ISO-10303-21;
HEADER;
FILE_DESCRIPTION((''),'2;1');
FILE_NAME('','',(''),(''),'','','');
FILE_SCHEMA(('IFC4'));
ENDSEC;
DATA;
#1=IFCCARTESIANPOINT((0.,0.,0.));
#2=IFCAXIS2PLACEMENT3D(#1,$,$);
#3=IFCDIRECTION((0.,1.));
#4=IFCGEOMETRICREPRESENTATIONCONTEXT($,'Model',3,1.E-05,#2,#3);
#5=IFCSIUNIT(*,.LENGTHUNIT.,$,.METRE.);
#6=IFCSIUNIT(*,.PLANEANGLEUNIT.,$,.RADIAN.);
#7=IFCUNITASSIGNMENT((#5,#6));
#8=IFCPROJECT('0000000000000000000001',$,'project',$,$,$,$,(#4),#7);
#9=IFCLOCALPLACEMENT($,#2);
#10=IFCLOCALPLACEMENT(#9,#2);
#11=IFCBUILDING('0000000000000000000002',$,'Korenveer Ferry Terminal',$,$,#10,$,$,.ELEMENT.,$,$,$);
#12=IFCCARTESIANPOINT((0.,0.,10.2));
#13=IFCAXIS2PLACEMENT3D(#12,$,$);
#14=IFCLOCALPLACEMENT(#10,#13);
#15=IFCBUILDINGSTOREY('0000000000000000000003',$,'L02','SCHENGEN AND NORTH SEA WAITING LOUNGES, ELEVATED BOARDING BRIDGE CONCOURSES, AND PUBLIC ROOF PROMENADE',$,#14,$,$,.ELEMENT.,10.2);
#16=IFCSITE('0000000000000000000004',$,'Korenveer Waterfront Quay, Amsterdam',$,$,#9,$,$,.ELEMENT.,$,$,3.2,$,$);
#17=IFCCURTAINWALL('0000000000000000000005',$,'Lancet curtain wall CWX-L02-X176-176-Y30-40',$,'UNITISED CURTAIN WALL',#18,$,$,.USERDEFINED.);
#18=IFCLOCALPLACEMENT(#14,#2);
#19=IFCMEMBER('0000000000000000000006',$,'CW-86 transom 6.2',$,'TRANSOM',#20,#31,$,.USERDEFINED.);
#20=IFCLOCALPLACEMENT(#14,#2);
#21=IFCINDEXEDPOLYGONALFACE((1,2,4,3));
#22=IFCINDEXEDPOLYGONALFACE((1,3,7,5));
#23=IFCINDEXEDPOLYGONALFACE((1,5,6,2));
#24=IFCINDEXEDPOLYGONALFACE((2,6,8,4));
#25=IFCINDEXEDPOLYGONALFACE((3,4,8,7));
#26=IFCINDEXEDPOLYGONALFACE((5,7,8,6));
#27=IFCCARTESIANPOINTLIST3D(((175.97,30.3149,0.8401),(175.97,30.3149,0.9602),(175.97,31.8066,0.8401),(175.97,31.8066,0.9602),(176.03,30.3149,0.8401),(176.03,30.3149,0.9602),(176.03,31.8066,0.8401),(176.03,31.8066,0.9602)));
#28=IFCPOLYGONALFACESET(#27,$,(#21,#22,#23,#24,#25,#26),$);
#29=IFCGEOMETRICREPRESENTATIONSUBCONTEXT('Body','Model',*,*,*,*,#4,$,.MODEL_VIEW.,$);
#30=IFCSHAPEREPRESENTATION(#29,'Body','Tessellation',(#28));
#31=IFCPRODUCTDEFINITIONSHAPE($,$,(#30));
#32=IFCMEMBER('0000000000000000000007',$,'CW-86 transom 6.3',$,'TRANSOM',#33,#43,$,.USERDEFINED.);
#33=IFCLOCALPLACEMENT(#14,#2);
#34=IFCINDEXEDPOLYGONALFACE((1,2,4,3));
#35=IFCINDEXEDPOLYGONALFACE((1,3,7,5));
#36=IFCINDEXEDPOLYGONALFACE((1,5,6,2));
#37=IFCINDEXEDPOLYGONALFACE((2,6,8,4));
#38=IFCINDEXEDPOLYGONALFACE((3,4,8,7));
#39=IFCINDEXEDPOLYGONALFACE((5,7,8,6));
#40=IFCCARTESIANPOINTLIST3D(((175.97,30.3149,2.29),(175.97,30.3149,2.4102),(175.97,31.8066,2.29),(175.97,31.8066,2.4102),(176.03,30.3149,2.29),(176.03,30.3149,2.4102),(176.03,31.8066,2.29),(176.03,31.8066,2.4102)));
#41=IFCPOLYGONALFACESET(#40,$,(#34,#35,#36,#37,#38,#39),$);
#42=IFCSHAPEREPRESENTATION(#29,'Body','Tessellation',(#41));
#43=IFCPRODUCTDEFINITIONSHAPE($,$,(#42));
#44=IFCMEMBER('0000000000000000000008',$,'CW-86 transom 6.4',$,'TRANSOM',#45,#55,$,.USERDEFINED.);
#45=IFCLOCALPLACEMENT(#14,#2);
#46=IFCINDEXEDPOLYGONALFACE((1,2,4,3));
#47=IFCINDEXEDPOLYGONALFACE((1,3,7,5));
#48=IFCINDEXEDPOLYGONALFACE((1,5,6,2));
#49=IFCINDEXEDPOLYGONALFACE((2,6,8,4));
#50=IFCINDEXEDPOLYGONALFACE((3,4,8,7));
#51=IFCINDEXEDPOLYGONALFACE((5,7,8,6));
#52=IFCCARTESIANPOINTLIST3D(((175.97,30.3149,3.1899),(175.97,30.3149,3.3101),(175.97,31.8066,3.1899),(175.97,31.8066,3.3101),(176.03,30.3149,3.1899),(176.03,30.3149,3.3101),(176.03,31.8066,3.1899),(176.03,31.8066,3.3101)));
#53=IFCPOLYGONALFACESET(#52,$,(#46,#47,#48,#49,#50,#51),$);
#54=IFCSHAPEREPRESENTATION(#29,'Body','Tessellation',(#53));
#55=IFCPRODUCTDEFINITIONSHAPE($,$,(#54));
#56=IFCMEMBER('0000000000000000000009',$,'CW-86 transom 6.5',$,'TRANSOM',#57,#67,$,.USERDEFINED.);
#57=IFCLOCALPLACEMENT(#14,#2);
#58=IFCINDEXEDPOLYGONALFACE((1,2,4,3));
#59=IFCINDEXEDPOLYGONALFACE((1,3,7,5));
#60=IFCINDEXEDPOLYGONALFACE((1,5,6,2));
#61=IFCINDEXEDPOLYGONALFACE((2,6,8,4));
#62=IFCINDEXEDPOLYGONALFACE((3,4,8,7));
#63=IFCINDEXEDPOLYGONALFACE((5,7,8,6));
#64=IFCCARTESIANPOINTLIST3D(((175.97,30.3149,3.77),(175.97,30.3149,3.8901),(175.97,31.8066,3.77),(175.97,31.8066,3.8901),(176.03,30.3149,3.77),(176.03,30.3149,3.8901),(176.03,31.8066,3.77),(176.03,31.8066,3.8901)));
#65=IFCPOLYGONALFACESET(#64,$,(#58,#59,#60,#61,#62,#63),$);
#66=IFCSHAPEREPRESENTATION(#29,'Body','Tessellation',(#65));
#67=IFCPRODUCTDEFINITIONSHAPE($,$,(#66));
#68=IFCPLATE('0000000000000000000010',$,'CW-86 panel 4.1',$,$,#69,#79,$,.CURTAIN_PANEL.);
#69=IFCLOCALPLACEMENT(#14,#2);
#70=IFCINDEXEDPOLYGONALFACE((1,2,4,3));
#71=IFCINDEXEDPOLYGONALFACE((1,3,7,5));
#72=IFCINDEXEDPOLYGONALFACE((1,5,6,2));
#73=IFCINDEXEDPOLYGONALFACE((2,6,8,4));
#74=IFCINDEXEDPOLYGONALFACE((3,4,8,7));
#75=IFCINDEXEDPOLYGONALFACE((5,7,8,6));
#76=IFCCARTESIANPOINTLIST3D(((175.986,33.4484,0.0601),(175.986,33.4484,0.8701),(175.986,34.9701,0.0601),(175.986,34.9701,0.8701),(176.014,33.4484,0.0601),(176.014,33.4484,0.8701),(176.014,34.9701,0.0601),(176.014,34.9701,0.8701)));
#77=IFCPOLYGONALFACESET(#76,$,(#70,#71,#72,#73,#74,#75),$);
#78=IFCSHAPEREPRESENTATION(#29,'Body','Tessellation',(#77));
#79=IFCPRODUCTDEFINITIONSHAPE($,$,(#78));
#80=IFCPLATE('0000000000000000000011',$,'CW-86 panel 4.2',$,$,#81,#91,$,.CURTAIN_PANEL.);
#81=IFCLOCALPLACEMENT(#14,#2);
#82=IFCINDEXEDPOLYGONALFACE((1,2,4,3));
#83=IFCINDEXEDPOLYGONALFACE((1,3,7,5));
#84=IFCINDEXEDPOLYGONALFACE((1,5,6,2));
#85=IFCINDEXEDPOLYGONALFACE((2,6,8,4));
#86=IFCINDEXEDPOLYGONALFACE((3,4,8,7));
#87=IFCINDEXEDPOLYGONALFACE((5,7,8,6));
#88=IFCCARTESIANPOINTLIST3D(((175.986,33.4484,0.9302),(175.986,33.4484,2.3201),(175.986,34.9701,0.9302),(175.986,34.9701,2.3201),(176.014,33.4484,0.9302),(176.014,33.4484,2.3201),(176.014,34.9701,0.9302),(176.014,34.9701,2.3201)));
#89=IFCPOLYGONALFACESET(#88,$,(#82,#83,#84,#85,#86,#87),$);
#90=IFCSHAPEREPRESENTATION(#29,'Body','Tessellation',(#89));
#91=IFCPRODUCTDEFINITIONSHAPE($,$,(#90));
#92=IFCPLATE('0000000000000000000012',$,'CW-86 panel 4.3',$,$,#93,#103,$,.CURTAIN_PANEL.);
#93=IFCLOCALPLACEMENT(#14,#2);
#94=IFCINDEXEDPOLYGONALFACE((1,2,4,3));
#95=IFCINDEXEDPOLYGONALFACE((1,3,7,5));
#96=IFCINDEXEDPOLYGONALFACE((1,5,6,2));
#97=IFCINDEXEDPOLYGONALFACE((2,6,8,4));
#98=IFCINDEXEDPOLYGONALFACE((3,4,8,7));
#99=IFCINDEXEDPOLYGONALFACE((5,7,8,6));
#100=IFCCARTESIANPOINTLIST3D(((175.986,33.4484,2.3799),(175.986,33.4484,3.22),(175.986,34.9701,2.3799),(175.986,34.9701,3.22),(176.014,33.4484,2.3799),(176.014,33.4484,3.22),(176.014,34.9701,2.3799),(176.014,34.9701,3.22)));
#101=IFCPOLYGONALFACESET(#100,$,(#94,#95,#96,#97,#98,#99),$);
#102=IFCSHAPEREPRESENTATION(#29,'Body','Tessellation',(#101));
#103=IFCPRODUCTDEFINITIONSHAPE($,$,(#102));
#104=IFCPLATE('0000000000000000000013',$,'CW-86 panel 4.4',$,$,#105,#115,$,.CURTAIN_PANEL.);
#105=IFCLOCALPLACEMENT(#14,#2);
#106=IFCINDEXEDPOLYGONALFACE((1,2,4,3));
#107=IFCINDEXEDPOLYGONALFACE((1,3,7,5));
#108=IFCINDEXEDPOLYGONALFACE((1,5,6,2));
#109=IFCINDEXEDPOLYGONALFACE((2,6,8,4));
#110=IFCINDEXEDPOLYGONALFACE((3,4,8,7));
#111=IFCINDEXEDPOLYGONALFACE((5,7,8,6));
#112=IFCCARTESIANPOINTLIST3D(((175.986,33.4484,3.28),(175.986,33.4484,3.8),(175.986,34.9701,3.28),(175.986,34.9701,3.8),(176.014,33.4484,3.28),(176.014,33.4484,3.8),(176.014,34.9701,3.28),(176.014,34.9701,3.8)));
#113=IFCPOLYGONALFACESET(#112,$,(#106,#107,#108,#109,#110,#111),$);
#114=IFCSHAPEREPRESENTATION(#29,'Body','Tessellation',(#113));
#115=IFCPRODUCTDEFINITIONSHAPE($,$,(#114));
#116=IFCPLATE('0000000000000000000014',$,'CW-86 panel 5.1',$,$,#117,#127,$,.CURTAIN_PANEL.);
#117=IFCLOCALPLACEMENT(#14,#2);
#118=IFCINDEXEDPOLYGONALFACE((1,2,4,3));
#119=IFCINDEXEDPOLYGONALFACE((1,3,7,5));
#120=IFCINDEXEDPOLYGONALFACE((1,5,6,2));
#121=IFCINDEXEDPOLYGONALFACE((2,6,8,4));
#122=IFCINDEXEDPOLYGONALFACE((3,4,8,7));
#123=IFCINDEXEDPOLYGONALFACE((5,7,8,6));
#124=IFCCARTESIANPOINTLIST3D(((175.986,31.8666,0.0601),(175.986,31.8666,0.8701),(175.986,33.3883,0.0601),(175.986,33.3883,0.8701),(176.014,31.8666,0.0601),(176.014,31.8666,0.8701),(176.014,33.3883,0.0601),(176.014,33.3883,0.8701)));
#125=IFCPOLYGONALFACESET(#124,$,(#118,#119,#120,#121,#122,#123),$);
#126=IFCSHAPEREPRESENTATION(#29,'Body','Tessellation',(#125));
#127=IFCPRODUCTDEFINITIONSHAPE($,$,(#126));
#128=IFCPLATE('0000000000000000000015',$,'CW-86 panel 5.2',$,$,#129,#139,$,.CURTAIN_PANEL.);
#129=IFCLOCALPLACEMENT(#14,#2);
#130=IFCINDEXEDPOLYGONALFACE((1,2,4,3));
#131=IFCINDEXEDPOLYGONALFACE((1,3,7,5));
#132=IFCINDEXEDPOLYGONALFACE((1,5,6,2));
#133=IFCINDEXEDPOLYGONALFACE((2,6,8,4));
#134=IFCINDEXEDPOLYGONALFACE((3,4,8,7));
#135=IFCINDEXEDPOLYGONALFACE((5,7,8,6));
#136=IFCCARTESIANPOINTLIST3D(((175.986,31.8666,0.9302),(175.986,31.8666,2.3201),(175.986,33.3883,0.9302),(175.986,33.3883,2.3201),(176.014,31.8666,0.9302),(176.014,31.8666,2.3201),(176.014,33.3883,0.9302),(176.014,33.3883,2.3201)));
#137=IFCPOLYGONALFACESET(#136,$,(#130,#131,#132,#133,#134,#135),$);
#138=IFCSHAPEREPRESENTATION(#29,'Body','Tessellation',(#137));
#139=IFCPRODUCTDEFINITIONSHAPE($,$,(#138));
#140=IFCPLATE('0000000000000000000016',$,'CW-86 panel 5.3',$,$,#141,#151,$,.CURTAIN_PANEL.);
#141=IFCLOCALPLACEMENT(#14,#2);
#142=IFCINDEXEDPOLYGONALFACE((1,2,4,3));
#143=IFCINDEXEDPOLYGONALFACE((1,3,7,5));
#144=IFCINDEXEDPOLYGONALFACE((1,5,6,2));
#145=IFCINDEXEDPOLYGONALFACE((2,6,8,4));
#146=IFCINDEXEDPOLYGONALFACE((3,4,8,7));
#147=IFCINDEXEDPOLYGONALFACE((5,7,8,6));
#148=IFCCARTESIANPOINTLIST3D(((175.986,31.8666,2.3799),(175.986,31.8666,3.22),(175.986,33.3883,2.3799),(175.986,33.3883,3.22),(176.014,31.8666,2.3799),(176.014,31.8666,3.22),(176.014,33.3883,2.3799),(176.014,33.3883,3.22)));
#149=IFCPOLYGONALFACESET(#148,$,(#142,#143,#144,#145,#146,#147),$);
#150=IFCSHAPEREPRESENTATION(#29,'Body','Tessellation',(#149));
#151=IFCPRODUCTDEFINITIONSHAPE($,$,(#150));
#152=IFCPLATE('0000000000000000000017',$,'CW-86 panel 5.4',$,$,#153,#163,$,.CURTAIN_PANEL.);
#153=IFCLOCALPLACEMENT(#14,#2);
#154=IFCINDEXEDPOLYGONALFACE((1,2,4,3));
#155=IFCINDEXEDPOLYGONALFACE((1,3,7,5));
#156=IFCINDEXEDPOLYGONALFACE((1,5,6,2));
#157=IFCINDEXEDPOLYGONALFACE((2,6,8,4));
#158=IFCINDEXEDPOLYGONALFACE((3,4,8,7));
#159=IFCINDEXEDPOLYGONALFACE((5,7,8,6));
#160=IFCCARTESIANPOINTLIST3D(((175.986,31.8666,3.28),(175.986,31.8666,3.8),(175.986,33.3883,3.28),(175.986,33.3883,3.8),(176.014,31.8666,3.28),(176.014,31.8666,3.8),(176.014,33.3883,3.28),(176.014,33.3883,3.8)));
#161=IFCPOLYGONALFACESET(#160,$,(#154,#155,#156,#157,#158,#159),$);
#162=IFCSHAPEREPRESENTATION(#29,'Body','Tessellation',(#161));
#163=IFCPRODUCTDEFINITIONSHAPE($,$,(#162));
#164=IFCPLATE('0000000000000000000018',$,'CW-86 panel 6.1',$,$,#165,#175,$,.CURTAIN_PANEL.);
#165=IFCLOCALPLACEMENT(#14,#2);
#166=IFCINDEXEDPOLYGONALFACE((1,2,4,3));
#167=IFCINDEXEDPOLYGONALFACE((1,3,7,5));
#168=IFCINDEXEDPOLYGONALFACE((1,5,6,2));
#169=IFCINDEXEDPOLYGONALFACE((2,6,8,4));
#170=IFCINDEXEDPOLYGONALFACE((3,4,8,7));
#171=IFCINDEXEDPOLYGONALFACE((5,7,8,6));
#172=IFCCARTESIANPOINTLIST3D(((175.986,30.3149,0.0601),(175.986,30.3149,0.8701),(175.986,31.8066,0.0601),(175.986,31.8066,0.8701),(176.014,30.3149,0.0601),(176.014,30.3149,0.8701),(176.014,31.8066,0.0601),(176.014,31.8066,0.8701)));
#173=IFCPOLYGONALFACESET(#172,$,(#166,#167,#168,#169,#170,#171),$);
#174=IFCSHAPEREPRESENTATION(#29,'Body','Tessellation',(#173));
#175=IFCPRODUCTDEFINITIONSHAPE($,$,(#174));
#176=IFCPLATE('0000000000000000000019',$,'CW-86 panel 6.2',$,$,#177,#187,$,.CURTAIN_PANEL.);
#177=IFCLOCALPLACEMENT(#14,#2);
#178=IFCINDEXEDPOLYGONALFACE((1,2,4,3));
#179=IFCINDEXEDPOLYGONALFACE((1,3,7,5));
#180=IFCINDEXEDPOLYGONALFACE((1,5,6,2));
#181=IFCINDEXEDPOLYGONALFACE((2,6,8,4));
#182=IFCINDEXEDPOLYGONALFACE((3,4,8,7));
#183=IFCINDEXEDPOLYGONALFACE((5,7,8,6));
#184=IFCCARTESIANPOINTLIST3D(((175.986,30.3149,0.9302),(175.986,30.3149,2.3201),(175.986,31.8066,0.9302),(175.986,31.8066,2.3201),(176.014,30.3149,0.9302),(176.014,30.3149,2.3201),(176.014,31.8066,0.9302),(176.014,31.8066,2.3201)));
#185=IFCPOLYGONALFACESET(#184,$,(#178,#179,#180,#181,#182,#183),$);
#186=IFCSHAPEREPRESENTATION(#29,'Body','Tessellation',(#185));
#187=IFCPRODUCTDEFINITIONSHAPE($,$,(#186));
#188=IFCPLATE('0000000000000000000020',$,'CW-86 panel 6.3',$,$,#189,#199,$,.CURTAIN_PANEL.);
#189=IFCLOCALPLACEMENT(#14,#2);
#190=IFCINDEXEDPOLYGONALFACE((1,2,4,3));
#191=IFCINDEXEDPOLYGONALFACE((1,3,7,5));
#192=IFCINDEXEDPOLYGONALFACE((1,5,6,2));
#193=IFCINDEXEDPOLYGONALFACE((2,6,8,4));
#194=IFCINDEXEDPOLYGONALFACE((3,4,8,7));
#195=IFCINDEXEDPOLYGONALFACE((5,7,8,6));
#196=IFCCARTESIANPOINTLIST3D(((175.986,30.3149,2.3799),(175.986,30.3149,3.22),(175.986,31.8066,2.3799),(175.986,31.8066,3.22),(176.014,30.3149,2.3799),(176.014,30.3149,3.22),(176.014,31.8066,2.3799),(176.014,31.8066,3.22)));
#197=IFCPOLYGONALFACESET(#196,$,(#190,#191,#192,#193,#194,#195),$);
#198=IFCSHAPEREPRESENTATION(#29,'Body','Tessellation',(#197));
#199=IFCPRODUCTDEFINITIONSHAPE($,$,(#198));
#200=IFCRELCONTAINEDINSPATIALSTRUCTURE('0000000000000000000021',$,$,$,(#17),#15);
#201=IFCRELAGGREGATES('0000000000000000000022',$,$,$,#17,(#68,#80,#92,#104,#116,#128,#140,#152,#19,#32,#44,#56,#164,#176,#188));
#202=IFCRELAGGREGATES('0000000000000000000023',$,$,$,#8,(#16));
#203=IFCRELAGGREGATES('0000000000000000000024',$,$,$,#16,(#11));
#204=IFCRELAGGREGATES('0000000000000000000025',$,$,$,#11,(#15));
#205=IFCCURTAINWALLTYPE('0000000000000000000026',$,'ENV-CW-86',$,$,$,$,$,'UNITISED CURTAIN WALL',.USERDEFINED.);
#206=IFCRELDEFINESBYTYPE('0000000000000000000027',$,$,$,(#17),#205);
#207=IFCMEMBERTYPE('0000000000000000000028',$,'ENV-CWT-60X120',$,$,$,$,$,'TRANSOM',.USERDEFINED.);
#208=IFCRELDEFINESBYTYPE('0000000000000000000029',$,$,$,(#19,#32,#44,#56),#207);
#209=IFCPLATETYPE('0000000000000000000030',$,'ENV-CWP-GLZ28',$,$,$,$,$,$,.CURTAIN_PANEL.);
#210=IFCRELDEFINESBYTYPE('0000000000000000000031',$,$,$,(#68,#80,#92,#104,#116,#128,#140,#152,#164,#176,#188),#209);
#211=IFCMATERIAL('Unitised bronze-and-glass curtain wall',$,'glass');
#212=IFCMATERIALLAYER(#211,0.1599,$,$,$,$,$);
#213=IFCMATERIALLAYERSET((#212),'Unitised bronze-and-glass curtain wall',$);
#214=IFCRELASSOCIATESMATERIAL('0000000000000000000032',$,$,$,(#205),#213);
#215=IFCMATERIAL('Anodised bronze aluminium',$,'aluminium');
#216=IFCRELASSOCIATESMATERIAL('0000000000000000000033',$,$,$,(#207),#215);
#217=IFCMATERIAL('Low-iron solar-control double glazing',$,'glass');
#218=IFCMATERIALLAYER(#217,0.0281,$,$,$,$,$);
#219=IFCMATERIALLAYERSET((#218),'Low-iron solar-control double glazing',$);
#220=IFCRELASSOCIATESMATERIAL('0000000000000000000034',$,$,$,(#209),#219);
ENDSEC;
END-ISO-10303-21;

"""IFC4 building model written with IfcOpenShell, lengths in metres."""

from ifc_helpers import new_model, si_unit, direction, frame, origin, origin_2d, place, context, subcontext, project, spatial, rectangle, extrude, material, layer, layer_set, material_profile, profile_set, type_object, element, aggregate, save


model = new_model("IFC4")

# Units and contexts
model_context = context("Model", 3, precision=1e-05, world=origin(), true_north=direction((0.0, 1.0)))
body_context = subcontext(model_context, "Body", "Model", "MODEL_VIEW")
ifc_project = project(units=[si_unit("LENGTHUNIT", "METRE"), si_unit("PLANEANGLEUNIT", "RADIAN")], contexts=[model_context])

# Site, building, storey
site_placement = place(None, origin())
site = spatial("IfcSite", under=ifc_project, at=site_placement, Name="Korenveer Waterfront Quay, Amsterdam", CompositionType="ELEMENT", RefElevation=3.2)
building_placement = place(site_placement, origin())
building = spatial("IfcBuilding", under=site, at=building_placement, Name="Korenveer Ferry Terminal", CompositionType="ELEMENT")
storey_placement = place(building_placement, frame((0.0, 0.0, 10.2)))
storey = spatial("IfcBuildingStorey", under=building, at=storey_placement, Name="L02", Description="SCHENGEN AND NORTH SEA WAITING LOUNGES, ELEVATED BOARDING BRIDGE CONCOURSES, AND PUBLIC ROOF PROMENADE", CompositionType="ELEMENT", Elevation=10.2)

# Curtain wall, members, plates
ifc_material_1 = material(Name="Unitised bronze-and-glass curtain wall", Category="glass")
ifc_layer_1 = layer(ifc_material_1, 0.1599)
ifc_layer_set_1 = layer_set([ifc_layer_1], Name="Unitised bronze-and-glass curtain wall")
curtain_wall_type = type_object("IfcCurtainWallType", Name="ENV-CW-86", ElementType="UNITISED CURTAIN WALL", PredefinedType="USERDEFINED", material=ifc_layer_set_1)
curtain_wall_placement = place(storey_placement, frame((176.0, 39.7451, 0.0)))
curtain_wall = element("IfcCurtainWall", 1, at=curtain_wall_placement, inside=storey, type_object=curtain_wall_type, Name="Lancet curtain wall CWX-L02-X176-176-Y30-40", ObjectType="UNITISED CURTAIN WALL", PredefinedType="USERDEFINED")
ifc_material_2 = material(Name="Anodised bronze aluminium", Category="aluminium")
ifc_material_profile_1 = material_profile(ifc_material_2, rectangle(XDim=0.0601, YDim=0.1201, at=origin_2d()), Name="ALU 60x120")
ifc_profile_set_1 = profile_set([ifc_material_profile_1], Name="Anodised bronze aluminium")
member_type_1 = type_object("IfcMemberType", Name="ENV-CWT-60X120", ElementType="TRANSOM", PredefinedType="USERDEFINED", material=ifc_profile_set_1)
member_1_placement = place(storey_placement, frame((176.0, 31.8066, 0.9001), z_axis=(0.0, -1.0, 0.0), x_axis=(1.0, 0.0, 0.0)))
member_1 = element("IfcMember", 2, at=member_1_placement, type_object=member_type_1, Name="CW-86 transom 6.2", ObjectType="TRANSOM", PredefinedType="USERDEFINED", context=body_context, shape_type="SweptSolid", body=[
    extrude(rectangle(XDim=0.0601, YDim=0.1201, at=origin_2d()), origin(), (0.0, 0.0, 1.0), 1.4917),
])
member_2_placement = place(storey_placement, frame((176.0, 31.8066, 2.3501), z_axis=(0.0, -1.0, 0.0), x_axis=(1.0, 0.0, 0.0)))
member_2 = element("IfcMember", 3, at=member_2_placement, type_object=member_type_1, Name="CW-86 transom 6.3", ObjectType="TRANSOM", PredefinedType="USERDEFINED", context=body_context, shape_type="SweptSolid", body=[
    extrude(rectangle(XDim=0.0601, YDim=0.1201, at=origin_2d()), origin(), (0.0, 0.0, 1.0), 1.4917),
])
member_3_placement = place(storey_placement, frame((176.0, 31.8066, 3.25), z_axis=(0.0, -1.0, 0.0), x_axis=(1.0, 0.0, 0.0)))
member_3 = element("IfcMember", 4, at=member_3_placement, type_object=member_type_1, Name="CW-86 transom 6.4", ObjectType="TRANSOM", PredefinedType="USERDEFINED", context=body_context, shape_type="SweptSolid", body=[
    extrude(rectangle(XDim=0.0601, YDim=0.1201, at=origin_2d()), origin(), (0.0, 0.0, 1.0), 1.4917),
])
member_4_placement = place(storey_placement, frame((176.0, 31.8066, 3.8301), z_axis=(0.0, -1.0, 0.0), x_axis=(1.0, 0.0, 0.0)))
member_4 = element("IfcMember", 5, at=member_4_placement, type_object=member_type_1, Name="CW-86 transom 6.5", ObjectType="TRANSOM", PredefinedType="USERDEFINED", context=body_context, shape_type="SweptSolid", body=[
    extrude(rectangle(XDim=0.0601, YDim=0.1201, at=origin_2d()), origin(), (0.0, 0.0, 1.0), 1.4917),
])
ifc_material_3 = material(Name="Low-iron solar-control double glazing", Category="glass")
ifc_layer_2 = layer(ifc_material_3, 0.0281)
ifc_layer_set_2 = layer_set([ifc_layer_2], Name="Low-iron solar-control double glazing")
plate_type_1 = type_object("IfcPlateType", Name="ENV-CWP-GLZ28", PredefinedType="CURTAIN_PANEL", material=ifc_layer_set_2)
plate_1_placement = place(storey_placement, frame((176.0, 34.2092, 0.0601), z_axis=(0.0, 0.0, 1.0), x_axis=(0.0, -1.0, 0.0)))
plate_1 = element("IfcPlate", 6, at=plate_1_placement, type_object=plate_type_1, Name="CW-86 panel 4.1", PredefinedType="CURTAIN_PANEL", context=body_context, shape_type="SweptSolid", body=[
    extrude(rectangle(XDim=1.5217, YDim=0.0281, at=origin_2d()), origin(), (0.0, 0.0, 1.0), 0.8101),
])
plate_2_placement = place(storey_placement, frame((176.0, 34.2092, 0.9302), z_axis=(0.0, 0.0, 1.0), x_axis=(0.0, -1.0, 0.0)))
plate_2 = element("IfcPlate", 7, at=plate_2_placement, type_object=plate_type_1, Name="CW-86 panel 4.2", PredefinedType="CURTAIN_PANEL", context=body_context, shape_type="SweptSolid", body=[
    extrude(rectangle(XDim=1.5217, YDim=0.0281, at=origin_2d()), origin(), (0.0, 0.0, 1.0), 1.3899),
])
plate_3_placement = place(storey_placement, frame((176.0, 34.2092, 2.3799), z_axis=(0.0, 0.0, 1.0), x_axis=(0.0, -1.0, 0.0)))
plate_3 = element("IfcPlate", 8, at=plate_3_placement, type_object=plate_type_1, Name="CW-86 panel 4.3", PredefinedType="CURTAIN_PANEL", context=body_context, shape_type="SweptSolid", body=[
    extrude(rectangle(XDim=1.5217, YDim=0.0281, at=origin_2d()), origin(), (0.0, 0.0, 1.0), 0.8401),
])
plate_4_placement = place(storey_placement, frame((176.0, 34.2092, 3.28), z_axis=(0.0, 0.0, 1.0), x_axis=(0.0, -1.0, 0.0)))
plate_4 = element("IfcPlate", 9, at=plate_4_placement, type_object=plate_type_1, Name="CW-86 panel 4.4", PredefinedType="CURTAIN_PANEL", context=body_context, shape_type="SweptSolid", body=[
    extrude(rectangle(XDim=1.5217, YDim=0.0281, at=origin_2d()), origin(), (0.0, 0.0, 1.0), 0.52),
])
plate_5_placement = place(storey_placement, frame((176.0, 32.6274, 0.0601), z_axis=(0.0, 0.0, 1.0), x_axis=(0.0, -1.0, 0.0)))
plate_5 = element("IfcPlate", 10, at=plate_5_placement, type_object=plate_type_1, Name="CW-86 panel 5.1", PredefinedType="CURTAIN_PANEL", context=body_context, shape_type="SweptSolid", body=[
    extrude(rectangle(XDim=1.5217, YDim=0.0281, at=origin_2d()), origin(), (0.0, 0.0, 1.0), 0.8101),
])
plate_6_placement = place(storey_placement, frame((176.0, 32.6274, 0.9302), z_axis=(0.0, 0.0, 1.0), x_axis=(0.0, -1.0, 0.0)))
plate_6 = element("IfcPlate", 11, at=plate_6_placement, type_object=plate_type_1, Name="CW-86 panel 5.2", PredefinedType="CURTAIN_PANEL", context=body_context, shape_type="SweptSolid", body=[
    extrude(rectangle(XDim=1.5217, YDim=0.0281, at=origin_2d()), origin(), (0.0, 0.0, 1.0), 1.3899),
])
plate_7_placement = place(storey_placement, frame((176.0, 32.6274, 2.3799), z_axis=(0.0, 0.0, 1.0), x_axis=(0.0, -1.0, 0.0)))
plate_7 = element("IfcPlate", 12, at=plate_7_placement, type_object=plate_type_1, Name="CW-86 panel 5.3", PredefinedType="CURTAIN_PANEL", context=body_context, shape_type="SweptSolid", body=[
    extrude(rectangle(XDim=1.5217, YDim=0.0281, at=origin_2d()), origin(), (0.0, 0.0, 1.0), 0.8401),
])
plate_8_placement = place(storey_placement, frame((176.0, 32.6274, 3.28), z_axis=(0.0, 0.0, 1.0), x_axis=(0.0, -1.0, 0.0)))
plate_8 = element("IfcPlate", 13, at=plate_8_placement, type_object=plate_type_1, Name="CW-86 panel 5.4", PredefinedType="CURTAIN_PANEL", context=body_context, shape_type="SweptSolid", body=[
    extrude(rectangle(XDim=1.5217, YDim=0.0281, at=origin_2d()), origin(), (0.0, 0.0, 1.0), 0.52),
])
plate_9_placement = place(storey_placement, frame((176.0, 31.0608, 0.0601), z_axis=(0.0, 0.0, 1.0), x_axis=(0.0, -1.0, 0.0)))
plate_9 = element("IfcPlate", 14, at=plate_9_placement, type_object=plate_type_1, Name="CW-86 panel 6.1", PredefinedType="CURTAIN_PANEL", context=body_context, shape_type="SweptSolid", body=[
    extrude(rectangle(XDim=1.4917, YDim=0.0281, at=origin_2d()), origin(), (0.0, 0.0, 1.0), 0.8101),
])
plate_10_placement = place(storey_placement, frame((176.0, 31.0608, 0.9302), z_axis=(0.0, 0.0, 1.0), x_axis=(0.0, -1.0, 0.0)))
plate_10 = element("IfcPlate", 15, at=plate_10_placement, type_object=plate_type_1, Name="CW-86 panel 6.2", PredefinedType="CURTAIN_PANEL", context=body_context, shape_type="SweptSolid", body=[
    extrude(rectangle(XDim=1.4917, YDim=0.0281, at=origin_2d()), origin(), (0.0, 0.0, 1.0), 1.3899),
])
plate_11_placement = place(storey_placement, frame((176.0, 31.0608, 2.3799), z_axis=(0.0, 0.0, 1.0), x_axis=(0.0, -1.0, 0.0)))
plate_11 = element("IfcPlate", 16, at=plate_11_placement, type_object=plate_type_1, Name="CW-86 panel 6.3", PredefinedType="CURTAIN_PANEL", context=body_context, shape_type="SweptSolid", body=[
    extrude(rectangle(XDim=1.4917, YDim=0.0281, at=origin_2d()), origin(), (0.0, 0.0, 1.0), 0.8401),
])
aggregate(curtain_wall, [plate_1, plate_2, plate_3, plate_4, plate_5, plate_6, plate_7, plate_8, member_1, member_2, member_3, member_4, plate_9, plate_10, plate_11])

save(model, "model.ifc")
